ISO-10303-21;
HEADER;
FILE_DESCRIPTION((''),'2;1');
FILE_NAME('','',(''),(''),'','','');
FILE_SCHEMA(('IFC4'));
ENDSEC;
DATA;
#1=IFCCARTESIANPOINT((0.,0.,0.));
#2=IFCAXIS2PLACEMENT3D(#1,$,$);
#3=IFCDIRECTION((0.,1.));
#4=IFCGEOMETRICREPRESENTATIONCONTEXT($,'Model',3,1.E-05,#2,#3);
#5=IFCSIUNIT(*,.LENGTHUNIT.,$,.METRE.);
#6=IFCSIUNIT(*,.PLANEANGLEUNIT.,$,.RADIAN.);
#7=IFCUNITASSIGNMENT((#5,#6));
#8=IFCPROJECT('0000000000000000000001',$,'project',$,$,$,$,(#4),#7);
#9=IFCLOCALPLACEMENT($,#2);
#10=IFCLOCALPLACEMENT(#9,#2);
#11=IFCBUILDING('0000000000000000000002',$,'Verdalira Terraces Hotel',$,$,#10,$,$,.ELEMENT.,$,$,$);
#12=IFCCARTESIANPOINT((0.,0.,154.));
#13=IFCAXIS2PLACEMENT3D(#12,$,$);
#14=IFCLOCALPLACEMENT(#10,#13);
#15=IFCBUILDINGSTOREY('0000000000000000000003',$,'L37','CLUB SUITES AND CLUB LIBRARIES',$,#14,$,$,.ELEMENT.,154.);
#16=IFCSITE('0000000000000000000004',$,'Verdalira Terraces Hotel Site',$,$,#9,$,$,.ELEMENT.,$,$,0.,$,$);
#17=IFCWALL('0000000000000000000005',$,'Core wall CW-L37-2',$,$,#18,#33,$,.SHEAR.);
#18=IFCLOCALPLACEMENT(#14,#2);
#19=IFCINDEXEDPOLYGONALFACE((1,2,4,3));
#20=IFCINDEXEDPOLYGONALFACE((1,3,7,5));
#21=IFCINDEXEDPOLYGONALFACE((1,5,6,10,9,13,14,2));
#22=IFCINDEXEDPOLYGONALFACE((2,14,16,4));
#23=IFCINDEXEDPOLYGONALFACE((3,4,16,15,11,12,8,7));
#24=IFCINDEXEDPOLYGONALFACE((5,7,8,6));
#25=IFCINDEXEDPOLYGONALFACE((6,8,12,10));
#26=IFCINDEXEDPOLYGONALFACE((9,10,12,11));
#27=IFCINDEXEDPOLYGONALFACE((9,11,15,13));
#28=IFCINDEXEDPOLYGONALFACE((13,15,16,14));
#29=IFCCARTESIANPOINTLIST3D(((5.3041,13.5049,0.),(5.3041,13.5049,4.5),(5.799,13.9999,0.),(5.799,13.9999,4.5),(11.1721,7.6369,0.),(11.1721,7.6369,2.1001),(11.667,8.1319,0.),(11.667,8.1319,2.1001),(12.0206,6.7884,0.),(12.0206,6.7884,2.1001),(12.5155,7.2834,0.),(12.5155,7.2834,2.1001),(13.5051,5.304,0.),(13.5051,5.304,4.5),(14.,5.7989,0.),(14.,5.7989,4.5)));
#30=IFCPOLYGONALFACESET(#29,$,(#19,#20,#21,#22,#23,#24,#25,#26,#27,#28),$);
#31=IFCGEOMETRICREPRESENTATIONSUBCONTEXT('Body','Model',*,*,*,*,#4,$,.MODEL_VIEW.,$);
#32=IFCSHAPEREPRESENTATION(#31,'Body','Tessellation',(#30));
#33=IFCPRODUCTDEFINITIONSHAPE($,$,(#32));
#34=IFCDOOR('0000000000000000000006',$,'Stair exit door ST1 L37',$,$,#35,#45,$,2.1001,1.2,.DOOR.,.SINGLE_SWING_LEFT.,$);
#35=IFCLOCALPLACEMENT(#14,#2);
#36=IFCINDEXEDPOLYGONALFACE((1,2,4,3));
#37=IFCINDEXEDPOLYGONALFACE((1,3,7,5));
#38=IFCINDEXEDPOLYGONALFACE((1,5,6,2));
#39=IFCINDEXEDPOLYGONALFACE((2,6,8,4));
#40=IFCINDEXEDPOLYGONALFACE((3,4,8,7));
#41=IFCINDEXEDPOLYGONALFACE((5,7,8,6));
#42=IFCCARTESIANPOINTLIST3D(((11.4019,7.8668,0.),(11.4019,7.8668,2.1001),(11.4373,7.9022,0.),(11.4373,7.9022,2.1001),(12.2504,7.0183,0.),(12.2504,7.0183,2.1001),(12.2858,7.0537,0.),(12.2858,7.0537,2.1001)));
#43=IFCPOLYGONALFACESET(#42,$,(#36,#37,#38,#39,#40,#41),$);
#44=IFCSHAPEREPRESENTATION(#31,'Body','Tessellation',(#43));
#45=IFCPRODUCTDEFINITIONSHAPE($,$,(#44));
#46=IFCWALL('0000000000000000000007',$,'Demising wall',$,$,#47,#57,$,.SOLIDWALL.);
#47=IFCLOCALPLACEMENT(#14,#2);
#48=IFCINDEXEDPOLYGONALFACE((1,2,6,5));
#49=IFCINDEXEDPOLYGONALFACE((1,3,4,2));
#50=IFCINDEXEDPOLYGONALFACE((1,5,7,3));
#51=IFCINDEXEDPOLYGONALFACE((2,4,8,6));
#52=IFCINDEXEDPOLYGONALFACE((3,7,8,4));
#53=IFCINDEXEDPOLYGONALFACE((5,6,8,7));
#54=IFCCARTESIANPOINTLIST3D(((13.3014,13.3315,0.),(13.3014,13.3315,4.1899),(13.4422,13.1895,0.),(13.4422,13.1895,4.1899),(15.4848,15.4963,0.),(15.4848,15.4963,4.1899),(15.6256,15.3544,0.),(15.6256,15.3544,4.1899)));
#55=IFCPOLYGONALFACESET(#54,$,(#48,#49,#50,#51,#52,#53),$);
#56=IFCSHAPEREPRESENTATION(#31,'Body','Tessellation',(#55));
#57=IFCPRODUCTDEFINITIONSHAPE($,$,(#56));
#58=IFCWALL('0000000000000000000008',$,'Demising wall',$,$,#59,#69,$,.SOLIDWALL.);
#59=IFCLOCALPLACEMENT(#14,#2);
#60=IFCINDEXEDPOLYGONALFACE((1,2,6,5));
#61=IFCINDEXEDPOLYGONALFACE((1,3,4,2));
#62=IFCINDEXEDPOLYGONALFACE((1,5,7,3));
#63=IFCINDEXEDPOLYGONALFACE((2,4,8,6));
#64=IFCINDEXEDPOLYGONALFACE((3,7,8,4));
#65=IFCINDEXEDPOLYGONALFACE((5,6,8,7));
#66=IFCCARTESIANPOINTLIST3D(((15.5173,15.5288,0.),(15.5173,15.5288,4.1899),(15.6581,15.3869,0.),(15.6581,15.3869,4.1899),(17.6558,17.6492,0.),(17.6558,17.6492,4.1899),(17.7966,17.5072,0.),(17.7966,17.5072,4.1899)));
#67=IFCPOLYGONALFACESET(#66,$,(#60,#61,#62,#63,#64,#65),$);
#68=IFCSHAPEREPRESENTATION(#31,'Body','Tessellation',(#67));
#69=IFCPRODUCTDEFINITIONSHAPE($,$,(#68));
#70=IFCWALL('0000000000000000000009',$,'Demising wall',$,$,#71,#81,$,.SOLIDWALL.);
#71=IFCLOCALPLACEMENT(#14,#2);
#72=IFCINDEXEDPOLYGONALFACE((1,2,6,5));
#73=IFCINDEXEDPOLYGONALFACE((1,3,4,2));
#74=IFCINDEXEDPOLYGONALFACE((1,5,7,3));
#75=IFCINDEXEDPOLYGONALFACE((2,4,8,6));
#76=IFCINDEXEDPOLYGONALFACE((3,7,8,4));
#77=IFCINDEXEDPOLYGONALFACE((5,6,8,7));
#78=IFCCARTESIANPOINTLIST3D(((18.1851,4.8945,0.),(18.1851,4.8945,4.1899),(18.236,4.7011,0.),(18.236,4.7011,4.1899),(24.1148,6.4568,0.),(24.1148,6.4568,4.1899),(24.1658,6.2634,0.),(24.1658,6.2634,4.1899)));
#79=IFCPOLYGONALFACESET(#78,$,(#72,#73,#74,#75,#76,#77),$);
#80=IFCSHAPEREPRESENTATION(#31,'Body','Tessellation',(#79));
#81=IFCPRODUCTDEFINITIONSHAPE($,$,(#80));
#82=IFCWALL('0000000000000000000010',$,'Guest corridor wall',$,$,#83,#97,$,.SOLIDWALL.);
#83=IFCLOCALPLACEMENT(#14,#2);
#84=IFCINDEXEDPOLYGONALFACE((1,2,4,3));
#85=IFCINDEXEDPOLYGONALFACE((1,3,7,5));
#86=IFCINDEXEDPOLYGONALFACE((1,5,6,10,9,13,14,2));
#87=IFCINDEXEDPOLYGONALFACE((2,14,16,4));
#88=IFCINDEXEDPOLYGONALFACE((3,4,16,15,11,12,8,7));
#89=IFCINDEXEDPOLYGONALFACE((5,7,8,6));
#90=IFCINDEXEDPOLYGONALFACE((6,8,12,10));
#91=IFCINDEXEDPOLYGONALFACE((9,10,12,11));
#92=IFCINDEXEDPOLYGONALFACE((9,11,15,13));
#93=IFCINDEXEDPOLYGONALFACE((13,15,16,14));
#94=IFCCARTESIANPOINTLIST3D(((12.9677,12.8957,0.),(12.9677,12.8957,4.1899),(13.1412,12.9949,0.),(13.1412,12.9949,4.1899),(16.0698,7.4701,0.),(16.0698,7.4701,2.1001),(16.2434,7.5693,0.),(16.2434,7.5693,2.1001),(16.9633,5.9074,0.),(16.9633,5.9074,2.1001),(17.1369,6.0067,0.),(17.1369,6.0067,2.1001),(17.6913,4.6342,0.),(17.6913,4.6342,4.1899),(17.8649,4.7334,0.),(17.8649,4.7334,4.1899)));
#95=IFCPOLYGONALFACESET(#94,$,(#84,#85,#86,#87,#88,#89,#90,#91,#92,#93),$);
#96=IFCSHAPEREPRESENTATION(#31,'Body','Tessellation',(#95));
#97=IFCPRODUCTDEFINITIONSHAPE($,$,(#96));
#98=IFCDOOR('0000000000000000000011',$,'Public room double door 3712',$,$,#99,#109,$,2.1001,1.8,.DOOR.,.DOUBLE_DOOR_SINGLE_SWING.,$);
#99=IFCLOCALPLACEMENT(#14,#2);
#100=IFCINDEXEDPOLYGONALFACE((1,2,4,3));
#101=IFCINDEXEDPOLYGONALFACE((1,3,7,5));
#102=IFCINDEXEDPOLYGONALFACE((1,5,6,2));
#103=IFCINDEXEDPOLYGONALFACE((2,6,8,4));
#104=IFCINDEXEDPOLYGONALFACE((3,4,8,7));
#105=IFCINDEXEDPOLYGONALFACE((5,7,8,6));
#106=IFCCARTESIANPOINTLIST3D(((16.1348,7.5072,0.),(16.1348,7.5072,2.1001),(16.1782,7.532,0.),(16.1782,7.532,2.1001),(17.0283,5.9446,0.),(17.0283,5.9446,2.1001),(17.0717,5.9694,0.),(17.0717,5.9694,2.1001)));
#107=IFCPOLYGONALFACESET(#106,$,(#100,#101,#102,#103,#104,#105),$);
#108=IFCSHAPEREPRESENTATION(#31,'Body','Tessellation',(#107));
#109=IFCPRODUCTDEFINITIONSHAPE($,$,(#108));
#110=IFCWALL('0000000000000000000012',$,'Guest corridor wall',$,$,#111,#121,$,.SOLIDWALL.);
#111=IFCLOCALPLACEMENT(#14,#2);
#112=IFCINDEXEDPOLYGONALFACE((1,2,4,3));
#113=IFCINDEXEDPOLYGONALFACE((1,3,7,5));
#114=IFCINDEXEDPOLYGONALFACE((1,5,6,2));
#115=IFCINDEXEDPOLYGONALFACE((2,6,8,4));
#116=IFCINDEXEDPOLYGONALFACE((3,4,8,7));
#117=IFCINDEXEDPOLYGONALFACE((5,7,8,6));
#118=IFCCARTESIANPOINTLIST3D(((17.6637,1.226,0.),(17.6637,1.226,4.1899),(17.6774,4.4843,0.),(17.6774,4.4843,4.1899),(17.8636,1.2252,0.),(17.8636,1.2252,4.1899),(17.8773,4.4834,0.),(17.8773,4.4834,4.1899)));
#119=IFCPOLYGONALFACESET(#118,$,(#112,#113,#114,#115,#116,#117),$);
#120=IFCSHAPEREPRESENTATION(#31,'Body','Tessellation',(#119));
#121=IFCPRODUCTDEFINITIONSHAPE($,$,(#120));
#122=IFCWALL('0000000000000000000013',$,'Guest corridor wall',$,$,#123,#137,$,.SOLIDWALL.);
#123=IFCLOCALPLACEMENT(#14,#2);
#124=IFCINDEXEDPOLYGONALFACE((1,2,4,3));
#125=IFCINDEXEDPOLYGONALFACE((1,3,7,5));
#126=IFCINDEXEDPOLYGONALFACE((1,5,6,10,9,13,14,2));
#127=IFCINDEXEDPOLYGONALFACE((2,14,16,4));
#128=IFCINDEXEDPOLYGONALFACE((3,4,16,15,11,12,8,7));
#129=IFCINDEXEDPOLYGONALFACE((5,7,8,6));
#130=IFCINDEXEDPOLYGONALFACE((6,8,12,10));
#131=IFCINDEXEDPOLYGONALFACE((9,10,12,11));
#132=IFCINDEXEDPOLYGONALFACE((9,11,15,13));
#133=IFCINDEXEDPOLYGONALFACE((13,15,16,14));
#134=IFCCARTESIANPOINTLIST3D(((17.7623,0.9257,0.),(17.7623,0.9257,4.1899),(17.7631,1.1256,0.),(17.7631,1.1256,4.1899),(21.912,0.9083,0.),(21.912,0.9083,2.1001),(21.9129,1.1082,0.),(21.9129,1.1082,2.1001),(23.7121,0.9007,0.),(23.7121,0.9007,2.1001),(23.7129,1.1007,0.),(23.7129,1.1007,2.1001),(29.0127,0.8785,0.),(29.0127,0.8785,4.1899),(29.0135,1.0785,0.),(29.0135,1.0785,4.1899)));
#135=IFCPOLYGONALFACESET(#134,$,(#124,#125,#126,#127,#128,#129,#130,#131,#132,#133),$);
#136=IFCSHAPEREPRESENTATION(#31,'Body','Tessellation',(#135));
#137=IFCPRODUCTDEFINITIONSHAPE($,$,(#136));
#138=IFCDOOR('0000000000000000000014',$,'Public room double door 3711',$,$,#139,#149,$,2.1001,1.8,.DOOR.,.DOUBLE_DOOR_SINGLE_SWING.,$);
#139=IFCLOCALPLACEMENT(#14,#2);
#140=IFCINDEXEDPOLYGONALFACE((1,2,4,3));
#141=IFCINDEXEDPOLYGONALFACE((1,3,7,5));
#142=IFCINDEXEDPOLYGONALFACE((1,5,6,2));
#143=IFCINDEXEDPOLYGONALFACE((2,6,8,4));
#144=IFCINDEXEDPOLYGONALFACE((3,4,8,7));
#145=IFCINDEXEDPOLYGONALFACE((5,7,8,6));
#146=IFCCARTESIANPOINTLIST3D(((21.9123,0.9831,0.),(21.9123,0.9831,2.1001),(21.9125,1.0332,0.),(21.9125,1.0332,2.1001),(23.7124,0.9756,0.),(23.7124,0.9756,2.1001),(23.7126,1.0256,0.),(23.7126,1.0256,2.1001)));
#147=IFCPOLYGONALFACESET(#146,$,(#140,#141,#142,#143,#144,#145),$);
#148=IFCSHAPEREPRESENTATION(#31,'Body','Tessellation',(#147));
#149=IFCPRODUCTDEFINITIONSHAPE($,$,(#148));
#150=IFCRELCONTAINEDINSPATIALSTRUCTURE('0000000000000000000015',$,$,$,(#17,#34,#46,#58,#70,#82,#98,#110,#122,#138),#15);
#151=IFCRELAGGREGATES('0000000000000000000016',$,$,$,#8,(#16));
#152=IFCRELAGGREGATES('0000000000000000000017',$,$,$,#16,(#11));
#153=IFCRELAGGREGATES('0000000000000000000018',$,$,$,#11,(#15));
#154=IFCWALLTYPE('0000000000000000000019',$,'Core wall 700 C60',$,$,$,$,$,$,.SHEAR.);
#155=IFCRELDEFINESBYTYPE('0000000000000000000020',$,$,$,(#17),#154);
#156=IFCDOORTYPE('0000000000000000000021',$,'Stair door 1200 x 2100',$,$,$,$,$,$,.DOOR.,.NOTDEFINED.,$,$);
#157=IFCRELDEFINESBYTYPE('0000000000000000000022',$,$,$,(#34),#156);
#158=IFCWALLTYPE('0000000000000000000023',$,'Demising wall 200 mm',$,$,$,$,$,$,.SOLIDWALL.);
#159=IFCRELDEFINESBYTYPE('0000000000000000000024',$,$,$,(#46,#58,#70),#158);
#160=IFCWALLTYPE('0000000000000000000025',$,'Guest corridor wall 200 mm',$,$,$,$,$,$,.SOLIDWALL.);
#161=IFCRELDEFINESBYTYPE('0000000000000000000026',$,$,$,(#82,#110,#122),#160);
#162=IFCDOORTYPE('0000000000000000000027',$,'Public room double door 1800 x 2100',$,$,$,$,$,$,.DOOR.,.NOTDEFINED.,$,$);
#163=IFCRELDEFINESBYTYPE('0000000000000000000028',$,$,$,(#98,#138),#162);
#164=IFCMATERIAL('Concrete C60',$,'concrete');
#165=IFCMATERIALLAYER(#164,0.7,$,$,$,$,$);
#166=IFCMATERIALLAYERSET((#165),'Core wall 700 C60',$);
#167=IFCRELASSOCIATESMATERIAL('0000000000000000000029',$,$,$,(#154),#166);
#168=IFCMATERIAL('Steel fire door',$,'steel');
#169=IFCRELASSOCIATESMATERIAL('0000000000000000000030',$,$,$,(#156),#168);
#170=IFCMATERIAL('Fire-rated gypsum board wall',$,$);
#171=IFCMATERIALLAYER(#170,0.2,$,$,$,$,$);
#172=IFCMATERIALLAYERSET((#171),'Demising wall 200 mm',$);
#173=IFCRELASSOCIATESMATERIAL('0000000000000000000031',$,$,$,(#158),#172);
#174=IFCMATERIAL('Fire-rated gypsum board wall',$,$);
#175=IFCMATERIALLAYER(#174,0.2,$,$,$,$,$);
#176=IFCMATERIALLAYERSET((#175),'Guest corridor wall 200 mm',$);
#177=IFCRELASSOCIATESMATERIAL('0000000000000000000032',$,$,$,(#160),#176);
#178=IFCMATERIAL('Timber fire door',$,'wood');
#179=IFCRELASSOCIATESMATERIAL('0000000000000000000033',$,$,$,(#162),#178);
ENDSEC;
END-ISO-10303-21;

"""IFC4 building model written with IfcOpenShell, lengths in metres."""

from ifc_helpers import new_model, si_unit, direction, frame, frame_2d, origin, place, context, subcontext, project, spatial, rectangle, extrude, material, layer, layer_set, type_object, element, fill, save


model = new_model("IFC4")

# Units and contexts
model_context = context("Model", 3, precision=1e-05, world=origin(), true_north=direction((0.0, 1.0)))
body_context = subcontext(model_context, "Body", "Model", "MODEL_VIEW")
ifc_project = project(units=[si_unit("LENGTHUNIT", "METRE"), si_unit("PLANEANGLEUNIT", "RADIAN")], contexts=[model_context])

# Site, building, storey
site_placement = place(None, origin())
site = spatial("IfcSite", under=ifc_project, at=site_placement, Name="Verdalira Terraces Hotel Site", CompositionType="ELEMENT", RefElevation=0.0)
building_placement = place(site_placement, origin())
building = spatial("IfcBuilding", under=site, at=building_placement, Name="Verdalira Terraces Hotel", CompositionType="ELEMENT")
storey_placement = place(building_placement, frame((0.0, 0.0, 154.0)))
storey = spatial("IfcBuildingStorey", under=building, at=storey_placement, Name="L37", Description="CLUB SUITES AND CLUB LIBRARIES", CompositionType="ELEMENT", Elevation=154.0)

# Wall, opening, door
ifc_material_1 = material(Name="Concrete C60", Category="concrete")
ifc_layer_1 = layer(ifc_material_1, 0.7)
ifc_layer_set_1 = layer_set([ifc_layer_1], Name="Core wall 700 C60")
wall_type_1 = type_object("IfcWallType", Name="Core wall 700 C60", PredefinedType="SHEAR", material=ifc_layer_set_1)
wall_1_placement = place(storey_placement, frame((13.7524, 5.5515, 0.0), z_axis=(0.0, 0.0, 1.0), x_axis=(-0.707107, 0.707107, 0.0)))
wall_1 = element("IfcWall", 1, at=wall_1_placement, inside=storey, type_object=wall_type_1, Name="Core wall CW-L37-2", PredefinedType="SHEAR", context=body_context, shape_type="SweptSolid", body=[
    extrude(rectangle(XDim=11.5979, YDim=0.7, at=frame_2d((5.7988, 0.0))), origin(), (0.0, 0.0, 1.0), 4.5),
])
opening_1_placement = place(wall_1_placement, frame((2.0991, 0.0, 0.0)))
opening_1 = element("IfcOpeningElement", 2, at=opening_1_placement, cuts=wall_1, PredefinedType="OPENING", context=body_context, shape_type="SweptSolid", body=[
    extrude(rectangle(XDim=1.2, YDim=2.1001, at=frame_2d((0.6001, 1.05))), frame((0.0, 0.3599, 0.0), z_axis=(0.0, -1.0, 0.0), x_axis=(1.0, 0.0, 0.0)), (0.0, 0.0, 1.0), 0.72),
])
ifc_material_2 = material(Name="Steel fire door", Category="steel")
door_type_1 = type_object("IfcDoorType", Name="Stair door 1200 x 2100", OperationType="NOTDEFINED", PredefinedType="DOOR", material=ifc_material_2)
door_1_placement = place(opening_1_placement, origin())
door_1 = element("IfcDoor", 3, at=door_1_placement, inside=storey, type_object=door_type_1, Name="Stair exit door ST1 L37", OperationType="SINGLE_SWING_LEFT", OverallHeight=2.1001, OverallWidth=1.2, PredefinedType="DOOR", context=body_context, shape_type="SweptSolid", body=[
    extrude(rectangle(XDim=1.2, YDim=2.1001, at=frame_2d((0.6001, 1.05))), frame((0.0, 0.0249, 0.0), z_axis=(0.0, -1.0, 0.0), x_axis=(1.0, 0.0, 0.0)), (0.0, 0.0, 1.0), 0.05),
])
fill(opening_1, door_1)

# Walls
ifc_material_3 = material(Name="Fire-rated gypsum board wall")
ifc_layer_2 = layer(ifc_material_3, 0.2)
ifc_layer_set_2 = layer_set([ifc_layer_2], Name="Demising wall 200 mm")
wall_type_2 = type_object("IfcWallType", Name="Demising wall 200 mm", PredefinedType="SOLIDWALL", material=ifc_layer_set_2)
wall_2_placement = place(storey_placement, frame((13.3718, 13.2605, 0.0), z_axis=(0.0, 0.0, 1.0), x_axis=(0.710118, 0.704083, 0.0)))
element("IfcWall", 4, at=wall_2_placement, inside=storey, type_object=wall_type_2, Name="Demising wall", PredefinedType="SOLIDWALL", context=body_context, shape_type="SweptSolid", body=[
    extrude(rectangle(XDim=3.0747, YDim=0.2, at=frame_2d((1.5374, 0.0))), origin(), (0.0, 0.0, 1.0), 4.1899),
])
wall_3_placement = place(storey_placement, frame((15.5876, 15.4578, 0.0), z_axis=(0.0, 0.0, 1.0), x_axis=(0.7101, 0.704101, 0.0)))
element("IfcWall", 5, at=wall_3_placement, inside=storey, type_object=wall_type_2, Name="Demising wall", PredefinedType="SOLIDWALL", context=body_context, shape_type="SweptSolid", body=[
    extrude(rectangle(XDim=3.0115, YDim=0.2, at=frame_2d((1.5059, 0.0))), origin(), (0.0, 0.0, 1.0), 4.1899),
])
wall_4_placement = place(storey_placement, frame((18.2107, 4.7979, 0.0), z_axis=(0.0, 0.0, 1.0), x_axis=(0.967002, 0.25477, 0.0)))
element("IfcWall", 6, at=wall_4_placement, inside=storey, type_object=wall_type_2, Name="Demising wall", PredefinedType="SOLIDWALL", context=body_context, shape_type="SweptSolid", body=[
    extrude(rectangle(XDim=6.1321, YDim=0.2, at=frame_2d((3.0659, 0.0))), origin(), (0.0, 0.0, 1.0), 4.1899),
])

# Wall, opening, door
ifc_material_4 = material(Name="Fire-rated gypsum board wall")
ifc_layer_3 = layer(ifc_material_4, 0.2)
ifc_layer_set_3 = layer_set([ifc_layer_3], Name="Guest corridor wall 200 mm")
wall_type_3 = type_object("IfcWallType", Name="Guest corridor wall 200 mm", PredefinedType="SOLIDWALL", material=ifc_layer_set_3)
wall_5_placement = place(storey_placement, frame((13.0544, 12.9453, 0.0), z_axis=(0.0, 0.0, 1.0), x_axis=(0.49636, -0.868117, 0.0)))
wall_5 = element("IfcWall", 7, at=wall_5_placement, inside=storey, type_object=wall_type_3, Name="Guest corridor wall", PredefinedType="SOLIDWALL", context=body_context, shape_type="SweptSolid", body=[
    extrude(rectangle(XDim=9.5166, YDim=0.2, at=frame_2d((4.7583, 0.0))), origin(), (0.0, 0.0, 1.0), 4.1899),
])
opening_2_placement = place(wall_5_placement, frame((6.25, 0.0, 0.0)))
opening_2 = element("IfcOpeningElement", 8, at=opening_2_placement, cuts=wall_5, PredefinedType="OPENING", context=body_context, shape_type="SweptSolid", body=[
    extrude(rectangle(XDim=1.8, YDim=2.1001, at=frame_2d((0.8999, 1.05))), frame((0.0, 0.1099, 0.0), z_axis=(0.0, -1.0, 0.0), x_axis=(1.0, 0.0, 0.0)), (0.0, 0.0, 1.0), 0.22),
])
ifc_material_5 = material(Name="Timber fire door", Category="wood")
door_type_2 = type_object("IfcDoorType", Name="Public room double door 1800 x 2100", OperationType="NOTDEFINED", PredefinedType="DOOR", material=ifc_material_5)
door_2_placement = place(opening_2_placement, origin())
door_2 = element("IfcDoor", 9, at=door_2_placement, inside=storey, type_object=door_type_2, Name="Public room double door 3712", OperationType="DOUBLE_DOOR_SINGLE_SWING", OverallHeight=2.1001, OverallWidth=1.8, PredefinedType="DOOR", context=body_context, shape_type="SweptSolid", body=[
    extrude(rectangle(XDim=1.8, YDim=2.1001, at=frame_2d((0.8999, 1.05))), frame((0.0, 0.0249, 0.0), z_axis=(0.0, -1.0, 0.0), x_axis=(1.0, 0.0, 0.0)), (0.0, 0.0, 1.0), 0.05),
])
fill(opening_2, door_2)

# Wall
wall_6_placement = place(storey_placement, frame((17.7637, 1.2256, 0.0), z_axis=(0.0, 0.0, 1.0), x_axis=(0.004196, 0.999991, 0.0)))
element("IfcWall", 10, at=wall_6_placement, inside=storey, type_object=wall_type_3, Name="Guest corridor wall", PredefinedType="SOLIDWALL", context=body_context, shape_type="SweptSolid", body=[
    extrude(rectangle(XDim=3.2583, YDim=0.2, at=frame_2d((1.6292, 0.0))), origin(), (0.0, 0.0, 1.0), 4.1899),
])

# Wall, opening, door
wall_7_placement = place(storey_placement, frame((17.7627, 1.0256, 0.0), z_axis=(0.0, 0.0, 1.0), x_axis=(0.999991, -0.004188, 0.0)))
wall_7 = element("IfcWall", 11, at=wall_7_placement, inside=storey, type_object=wall_type_3, Name="Guest corridor wall", PredefinedType="SOLIDWALL", context=body_context, shape_type="SweptSolid", body=[
    extrude(rectangle(XDim=11.2505, YDim=0.2, at=frame_2d((5.6252, 0.0))), origin(), (0.0, 0.0, 1.0), 4.1899),
])
opening_3_placement = place(wall_7_placement, frame((4.1499, 0.0, 0.0)))
opening_3 = element("IfcOpeningElement", 12, at=opening_3_placement, cuts=wall_7, PredefinedType="OPENING", context=body_context, shape_type="SweptSolid", body=[
    extrude(rectangle(XDim=1.8, YDim=2.1001, at=frame_2d((0.8999, 1.05))), frame((0.0, 0.1099, 0.0), z_axis=(0.0, -1.0, 0.0), x_axis=(1.0, 0.0, 0.0)), (0.0, 0.0, 1.0), 0.22),
])
door_3_placement = place(opening_3_placement, origin())
door_3 = element("IfcDoor", 13, at=door_3_placement, inside=storey, type_object=door_type_2, Name="Public room double door 3711", OperationType="DOUBLE_DOOR_SINGLE_SWING", OverallHeight=2.1001, OverallWidth=1.8, PredefinedType="DOOR", context=body_context, shape_type="SweptSolid", body=[
    extrude(rectangle(XDim=1.8, YDim=2.1001, at=frame_2d((0.8999, 1.05))), frame((0.0, 0.0249, 0.0), z_axis=(0.0, -1.0, 0.0), x_axis=(1.0, 0.0, 0.0)), (0.0, 0.0, 1.0), 0.05),
])
fill(opening_3, door_3)

save(model, "model.ifc")
